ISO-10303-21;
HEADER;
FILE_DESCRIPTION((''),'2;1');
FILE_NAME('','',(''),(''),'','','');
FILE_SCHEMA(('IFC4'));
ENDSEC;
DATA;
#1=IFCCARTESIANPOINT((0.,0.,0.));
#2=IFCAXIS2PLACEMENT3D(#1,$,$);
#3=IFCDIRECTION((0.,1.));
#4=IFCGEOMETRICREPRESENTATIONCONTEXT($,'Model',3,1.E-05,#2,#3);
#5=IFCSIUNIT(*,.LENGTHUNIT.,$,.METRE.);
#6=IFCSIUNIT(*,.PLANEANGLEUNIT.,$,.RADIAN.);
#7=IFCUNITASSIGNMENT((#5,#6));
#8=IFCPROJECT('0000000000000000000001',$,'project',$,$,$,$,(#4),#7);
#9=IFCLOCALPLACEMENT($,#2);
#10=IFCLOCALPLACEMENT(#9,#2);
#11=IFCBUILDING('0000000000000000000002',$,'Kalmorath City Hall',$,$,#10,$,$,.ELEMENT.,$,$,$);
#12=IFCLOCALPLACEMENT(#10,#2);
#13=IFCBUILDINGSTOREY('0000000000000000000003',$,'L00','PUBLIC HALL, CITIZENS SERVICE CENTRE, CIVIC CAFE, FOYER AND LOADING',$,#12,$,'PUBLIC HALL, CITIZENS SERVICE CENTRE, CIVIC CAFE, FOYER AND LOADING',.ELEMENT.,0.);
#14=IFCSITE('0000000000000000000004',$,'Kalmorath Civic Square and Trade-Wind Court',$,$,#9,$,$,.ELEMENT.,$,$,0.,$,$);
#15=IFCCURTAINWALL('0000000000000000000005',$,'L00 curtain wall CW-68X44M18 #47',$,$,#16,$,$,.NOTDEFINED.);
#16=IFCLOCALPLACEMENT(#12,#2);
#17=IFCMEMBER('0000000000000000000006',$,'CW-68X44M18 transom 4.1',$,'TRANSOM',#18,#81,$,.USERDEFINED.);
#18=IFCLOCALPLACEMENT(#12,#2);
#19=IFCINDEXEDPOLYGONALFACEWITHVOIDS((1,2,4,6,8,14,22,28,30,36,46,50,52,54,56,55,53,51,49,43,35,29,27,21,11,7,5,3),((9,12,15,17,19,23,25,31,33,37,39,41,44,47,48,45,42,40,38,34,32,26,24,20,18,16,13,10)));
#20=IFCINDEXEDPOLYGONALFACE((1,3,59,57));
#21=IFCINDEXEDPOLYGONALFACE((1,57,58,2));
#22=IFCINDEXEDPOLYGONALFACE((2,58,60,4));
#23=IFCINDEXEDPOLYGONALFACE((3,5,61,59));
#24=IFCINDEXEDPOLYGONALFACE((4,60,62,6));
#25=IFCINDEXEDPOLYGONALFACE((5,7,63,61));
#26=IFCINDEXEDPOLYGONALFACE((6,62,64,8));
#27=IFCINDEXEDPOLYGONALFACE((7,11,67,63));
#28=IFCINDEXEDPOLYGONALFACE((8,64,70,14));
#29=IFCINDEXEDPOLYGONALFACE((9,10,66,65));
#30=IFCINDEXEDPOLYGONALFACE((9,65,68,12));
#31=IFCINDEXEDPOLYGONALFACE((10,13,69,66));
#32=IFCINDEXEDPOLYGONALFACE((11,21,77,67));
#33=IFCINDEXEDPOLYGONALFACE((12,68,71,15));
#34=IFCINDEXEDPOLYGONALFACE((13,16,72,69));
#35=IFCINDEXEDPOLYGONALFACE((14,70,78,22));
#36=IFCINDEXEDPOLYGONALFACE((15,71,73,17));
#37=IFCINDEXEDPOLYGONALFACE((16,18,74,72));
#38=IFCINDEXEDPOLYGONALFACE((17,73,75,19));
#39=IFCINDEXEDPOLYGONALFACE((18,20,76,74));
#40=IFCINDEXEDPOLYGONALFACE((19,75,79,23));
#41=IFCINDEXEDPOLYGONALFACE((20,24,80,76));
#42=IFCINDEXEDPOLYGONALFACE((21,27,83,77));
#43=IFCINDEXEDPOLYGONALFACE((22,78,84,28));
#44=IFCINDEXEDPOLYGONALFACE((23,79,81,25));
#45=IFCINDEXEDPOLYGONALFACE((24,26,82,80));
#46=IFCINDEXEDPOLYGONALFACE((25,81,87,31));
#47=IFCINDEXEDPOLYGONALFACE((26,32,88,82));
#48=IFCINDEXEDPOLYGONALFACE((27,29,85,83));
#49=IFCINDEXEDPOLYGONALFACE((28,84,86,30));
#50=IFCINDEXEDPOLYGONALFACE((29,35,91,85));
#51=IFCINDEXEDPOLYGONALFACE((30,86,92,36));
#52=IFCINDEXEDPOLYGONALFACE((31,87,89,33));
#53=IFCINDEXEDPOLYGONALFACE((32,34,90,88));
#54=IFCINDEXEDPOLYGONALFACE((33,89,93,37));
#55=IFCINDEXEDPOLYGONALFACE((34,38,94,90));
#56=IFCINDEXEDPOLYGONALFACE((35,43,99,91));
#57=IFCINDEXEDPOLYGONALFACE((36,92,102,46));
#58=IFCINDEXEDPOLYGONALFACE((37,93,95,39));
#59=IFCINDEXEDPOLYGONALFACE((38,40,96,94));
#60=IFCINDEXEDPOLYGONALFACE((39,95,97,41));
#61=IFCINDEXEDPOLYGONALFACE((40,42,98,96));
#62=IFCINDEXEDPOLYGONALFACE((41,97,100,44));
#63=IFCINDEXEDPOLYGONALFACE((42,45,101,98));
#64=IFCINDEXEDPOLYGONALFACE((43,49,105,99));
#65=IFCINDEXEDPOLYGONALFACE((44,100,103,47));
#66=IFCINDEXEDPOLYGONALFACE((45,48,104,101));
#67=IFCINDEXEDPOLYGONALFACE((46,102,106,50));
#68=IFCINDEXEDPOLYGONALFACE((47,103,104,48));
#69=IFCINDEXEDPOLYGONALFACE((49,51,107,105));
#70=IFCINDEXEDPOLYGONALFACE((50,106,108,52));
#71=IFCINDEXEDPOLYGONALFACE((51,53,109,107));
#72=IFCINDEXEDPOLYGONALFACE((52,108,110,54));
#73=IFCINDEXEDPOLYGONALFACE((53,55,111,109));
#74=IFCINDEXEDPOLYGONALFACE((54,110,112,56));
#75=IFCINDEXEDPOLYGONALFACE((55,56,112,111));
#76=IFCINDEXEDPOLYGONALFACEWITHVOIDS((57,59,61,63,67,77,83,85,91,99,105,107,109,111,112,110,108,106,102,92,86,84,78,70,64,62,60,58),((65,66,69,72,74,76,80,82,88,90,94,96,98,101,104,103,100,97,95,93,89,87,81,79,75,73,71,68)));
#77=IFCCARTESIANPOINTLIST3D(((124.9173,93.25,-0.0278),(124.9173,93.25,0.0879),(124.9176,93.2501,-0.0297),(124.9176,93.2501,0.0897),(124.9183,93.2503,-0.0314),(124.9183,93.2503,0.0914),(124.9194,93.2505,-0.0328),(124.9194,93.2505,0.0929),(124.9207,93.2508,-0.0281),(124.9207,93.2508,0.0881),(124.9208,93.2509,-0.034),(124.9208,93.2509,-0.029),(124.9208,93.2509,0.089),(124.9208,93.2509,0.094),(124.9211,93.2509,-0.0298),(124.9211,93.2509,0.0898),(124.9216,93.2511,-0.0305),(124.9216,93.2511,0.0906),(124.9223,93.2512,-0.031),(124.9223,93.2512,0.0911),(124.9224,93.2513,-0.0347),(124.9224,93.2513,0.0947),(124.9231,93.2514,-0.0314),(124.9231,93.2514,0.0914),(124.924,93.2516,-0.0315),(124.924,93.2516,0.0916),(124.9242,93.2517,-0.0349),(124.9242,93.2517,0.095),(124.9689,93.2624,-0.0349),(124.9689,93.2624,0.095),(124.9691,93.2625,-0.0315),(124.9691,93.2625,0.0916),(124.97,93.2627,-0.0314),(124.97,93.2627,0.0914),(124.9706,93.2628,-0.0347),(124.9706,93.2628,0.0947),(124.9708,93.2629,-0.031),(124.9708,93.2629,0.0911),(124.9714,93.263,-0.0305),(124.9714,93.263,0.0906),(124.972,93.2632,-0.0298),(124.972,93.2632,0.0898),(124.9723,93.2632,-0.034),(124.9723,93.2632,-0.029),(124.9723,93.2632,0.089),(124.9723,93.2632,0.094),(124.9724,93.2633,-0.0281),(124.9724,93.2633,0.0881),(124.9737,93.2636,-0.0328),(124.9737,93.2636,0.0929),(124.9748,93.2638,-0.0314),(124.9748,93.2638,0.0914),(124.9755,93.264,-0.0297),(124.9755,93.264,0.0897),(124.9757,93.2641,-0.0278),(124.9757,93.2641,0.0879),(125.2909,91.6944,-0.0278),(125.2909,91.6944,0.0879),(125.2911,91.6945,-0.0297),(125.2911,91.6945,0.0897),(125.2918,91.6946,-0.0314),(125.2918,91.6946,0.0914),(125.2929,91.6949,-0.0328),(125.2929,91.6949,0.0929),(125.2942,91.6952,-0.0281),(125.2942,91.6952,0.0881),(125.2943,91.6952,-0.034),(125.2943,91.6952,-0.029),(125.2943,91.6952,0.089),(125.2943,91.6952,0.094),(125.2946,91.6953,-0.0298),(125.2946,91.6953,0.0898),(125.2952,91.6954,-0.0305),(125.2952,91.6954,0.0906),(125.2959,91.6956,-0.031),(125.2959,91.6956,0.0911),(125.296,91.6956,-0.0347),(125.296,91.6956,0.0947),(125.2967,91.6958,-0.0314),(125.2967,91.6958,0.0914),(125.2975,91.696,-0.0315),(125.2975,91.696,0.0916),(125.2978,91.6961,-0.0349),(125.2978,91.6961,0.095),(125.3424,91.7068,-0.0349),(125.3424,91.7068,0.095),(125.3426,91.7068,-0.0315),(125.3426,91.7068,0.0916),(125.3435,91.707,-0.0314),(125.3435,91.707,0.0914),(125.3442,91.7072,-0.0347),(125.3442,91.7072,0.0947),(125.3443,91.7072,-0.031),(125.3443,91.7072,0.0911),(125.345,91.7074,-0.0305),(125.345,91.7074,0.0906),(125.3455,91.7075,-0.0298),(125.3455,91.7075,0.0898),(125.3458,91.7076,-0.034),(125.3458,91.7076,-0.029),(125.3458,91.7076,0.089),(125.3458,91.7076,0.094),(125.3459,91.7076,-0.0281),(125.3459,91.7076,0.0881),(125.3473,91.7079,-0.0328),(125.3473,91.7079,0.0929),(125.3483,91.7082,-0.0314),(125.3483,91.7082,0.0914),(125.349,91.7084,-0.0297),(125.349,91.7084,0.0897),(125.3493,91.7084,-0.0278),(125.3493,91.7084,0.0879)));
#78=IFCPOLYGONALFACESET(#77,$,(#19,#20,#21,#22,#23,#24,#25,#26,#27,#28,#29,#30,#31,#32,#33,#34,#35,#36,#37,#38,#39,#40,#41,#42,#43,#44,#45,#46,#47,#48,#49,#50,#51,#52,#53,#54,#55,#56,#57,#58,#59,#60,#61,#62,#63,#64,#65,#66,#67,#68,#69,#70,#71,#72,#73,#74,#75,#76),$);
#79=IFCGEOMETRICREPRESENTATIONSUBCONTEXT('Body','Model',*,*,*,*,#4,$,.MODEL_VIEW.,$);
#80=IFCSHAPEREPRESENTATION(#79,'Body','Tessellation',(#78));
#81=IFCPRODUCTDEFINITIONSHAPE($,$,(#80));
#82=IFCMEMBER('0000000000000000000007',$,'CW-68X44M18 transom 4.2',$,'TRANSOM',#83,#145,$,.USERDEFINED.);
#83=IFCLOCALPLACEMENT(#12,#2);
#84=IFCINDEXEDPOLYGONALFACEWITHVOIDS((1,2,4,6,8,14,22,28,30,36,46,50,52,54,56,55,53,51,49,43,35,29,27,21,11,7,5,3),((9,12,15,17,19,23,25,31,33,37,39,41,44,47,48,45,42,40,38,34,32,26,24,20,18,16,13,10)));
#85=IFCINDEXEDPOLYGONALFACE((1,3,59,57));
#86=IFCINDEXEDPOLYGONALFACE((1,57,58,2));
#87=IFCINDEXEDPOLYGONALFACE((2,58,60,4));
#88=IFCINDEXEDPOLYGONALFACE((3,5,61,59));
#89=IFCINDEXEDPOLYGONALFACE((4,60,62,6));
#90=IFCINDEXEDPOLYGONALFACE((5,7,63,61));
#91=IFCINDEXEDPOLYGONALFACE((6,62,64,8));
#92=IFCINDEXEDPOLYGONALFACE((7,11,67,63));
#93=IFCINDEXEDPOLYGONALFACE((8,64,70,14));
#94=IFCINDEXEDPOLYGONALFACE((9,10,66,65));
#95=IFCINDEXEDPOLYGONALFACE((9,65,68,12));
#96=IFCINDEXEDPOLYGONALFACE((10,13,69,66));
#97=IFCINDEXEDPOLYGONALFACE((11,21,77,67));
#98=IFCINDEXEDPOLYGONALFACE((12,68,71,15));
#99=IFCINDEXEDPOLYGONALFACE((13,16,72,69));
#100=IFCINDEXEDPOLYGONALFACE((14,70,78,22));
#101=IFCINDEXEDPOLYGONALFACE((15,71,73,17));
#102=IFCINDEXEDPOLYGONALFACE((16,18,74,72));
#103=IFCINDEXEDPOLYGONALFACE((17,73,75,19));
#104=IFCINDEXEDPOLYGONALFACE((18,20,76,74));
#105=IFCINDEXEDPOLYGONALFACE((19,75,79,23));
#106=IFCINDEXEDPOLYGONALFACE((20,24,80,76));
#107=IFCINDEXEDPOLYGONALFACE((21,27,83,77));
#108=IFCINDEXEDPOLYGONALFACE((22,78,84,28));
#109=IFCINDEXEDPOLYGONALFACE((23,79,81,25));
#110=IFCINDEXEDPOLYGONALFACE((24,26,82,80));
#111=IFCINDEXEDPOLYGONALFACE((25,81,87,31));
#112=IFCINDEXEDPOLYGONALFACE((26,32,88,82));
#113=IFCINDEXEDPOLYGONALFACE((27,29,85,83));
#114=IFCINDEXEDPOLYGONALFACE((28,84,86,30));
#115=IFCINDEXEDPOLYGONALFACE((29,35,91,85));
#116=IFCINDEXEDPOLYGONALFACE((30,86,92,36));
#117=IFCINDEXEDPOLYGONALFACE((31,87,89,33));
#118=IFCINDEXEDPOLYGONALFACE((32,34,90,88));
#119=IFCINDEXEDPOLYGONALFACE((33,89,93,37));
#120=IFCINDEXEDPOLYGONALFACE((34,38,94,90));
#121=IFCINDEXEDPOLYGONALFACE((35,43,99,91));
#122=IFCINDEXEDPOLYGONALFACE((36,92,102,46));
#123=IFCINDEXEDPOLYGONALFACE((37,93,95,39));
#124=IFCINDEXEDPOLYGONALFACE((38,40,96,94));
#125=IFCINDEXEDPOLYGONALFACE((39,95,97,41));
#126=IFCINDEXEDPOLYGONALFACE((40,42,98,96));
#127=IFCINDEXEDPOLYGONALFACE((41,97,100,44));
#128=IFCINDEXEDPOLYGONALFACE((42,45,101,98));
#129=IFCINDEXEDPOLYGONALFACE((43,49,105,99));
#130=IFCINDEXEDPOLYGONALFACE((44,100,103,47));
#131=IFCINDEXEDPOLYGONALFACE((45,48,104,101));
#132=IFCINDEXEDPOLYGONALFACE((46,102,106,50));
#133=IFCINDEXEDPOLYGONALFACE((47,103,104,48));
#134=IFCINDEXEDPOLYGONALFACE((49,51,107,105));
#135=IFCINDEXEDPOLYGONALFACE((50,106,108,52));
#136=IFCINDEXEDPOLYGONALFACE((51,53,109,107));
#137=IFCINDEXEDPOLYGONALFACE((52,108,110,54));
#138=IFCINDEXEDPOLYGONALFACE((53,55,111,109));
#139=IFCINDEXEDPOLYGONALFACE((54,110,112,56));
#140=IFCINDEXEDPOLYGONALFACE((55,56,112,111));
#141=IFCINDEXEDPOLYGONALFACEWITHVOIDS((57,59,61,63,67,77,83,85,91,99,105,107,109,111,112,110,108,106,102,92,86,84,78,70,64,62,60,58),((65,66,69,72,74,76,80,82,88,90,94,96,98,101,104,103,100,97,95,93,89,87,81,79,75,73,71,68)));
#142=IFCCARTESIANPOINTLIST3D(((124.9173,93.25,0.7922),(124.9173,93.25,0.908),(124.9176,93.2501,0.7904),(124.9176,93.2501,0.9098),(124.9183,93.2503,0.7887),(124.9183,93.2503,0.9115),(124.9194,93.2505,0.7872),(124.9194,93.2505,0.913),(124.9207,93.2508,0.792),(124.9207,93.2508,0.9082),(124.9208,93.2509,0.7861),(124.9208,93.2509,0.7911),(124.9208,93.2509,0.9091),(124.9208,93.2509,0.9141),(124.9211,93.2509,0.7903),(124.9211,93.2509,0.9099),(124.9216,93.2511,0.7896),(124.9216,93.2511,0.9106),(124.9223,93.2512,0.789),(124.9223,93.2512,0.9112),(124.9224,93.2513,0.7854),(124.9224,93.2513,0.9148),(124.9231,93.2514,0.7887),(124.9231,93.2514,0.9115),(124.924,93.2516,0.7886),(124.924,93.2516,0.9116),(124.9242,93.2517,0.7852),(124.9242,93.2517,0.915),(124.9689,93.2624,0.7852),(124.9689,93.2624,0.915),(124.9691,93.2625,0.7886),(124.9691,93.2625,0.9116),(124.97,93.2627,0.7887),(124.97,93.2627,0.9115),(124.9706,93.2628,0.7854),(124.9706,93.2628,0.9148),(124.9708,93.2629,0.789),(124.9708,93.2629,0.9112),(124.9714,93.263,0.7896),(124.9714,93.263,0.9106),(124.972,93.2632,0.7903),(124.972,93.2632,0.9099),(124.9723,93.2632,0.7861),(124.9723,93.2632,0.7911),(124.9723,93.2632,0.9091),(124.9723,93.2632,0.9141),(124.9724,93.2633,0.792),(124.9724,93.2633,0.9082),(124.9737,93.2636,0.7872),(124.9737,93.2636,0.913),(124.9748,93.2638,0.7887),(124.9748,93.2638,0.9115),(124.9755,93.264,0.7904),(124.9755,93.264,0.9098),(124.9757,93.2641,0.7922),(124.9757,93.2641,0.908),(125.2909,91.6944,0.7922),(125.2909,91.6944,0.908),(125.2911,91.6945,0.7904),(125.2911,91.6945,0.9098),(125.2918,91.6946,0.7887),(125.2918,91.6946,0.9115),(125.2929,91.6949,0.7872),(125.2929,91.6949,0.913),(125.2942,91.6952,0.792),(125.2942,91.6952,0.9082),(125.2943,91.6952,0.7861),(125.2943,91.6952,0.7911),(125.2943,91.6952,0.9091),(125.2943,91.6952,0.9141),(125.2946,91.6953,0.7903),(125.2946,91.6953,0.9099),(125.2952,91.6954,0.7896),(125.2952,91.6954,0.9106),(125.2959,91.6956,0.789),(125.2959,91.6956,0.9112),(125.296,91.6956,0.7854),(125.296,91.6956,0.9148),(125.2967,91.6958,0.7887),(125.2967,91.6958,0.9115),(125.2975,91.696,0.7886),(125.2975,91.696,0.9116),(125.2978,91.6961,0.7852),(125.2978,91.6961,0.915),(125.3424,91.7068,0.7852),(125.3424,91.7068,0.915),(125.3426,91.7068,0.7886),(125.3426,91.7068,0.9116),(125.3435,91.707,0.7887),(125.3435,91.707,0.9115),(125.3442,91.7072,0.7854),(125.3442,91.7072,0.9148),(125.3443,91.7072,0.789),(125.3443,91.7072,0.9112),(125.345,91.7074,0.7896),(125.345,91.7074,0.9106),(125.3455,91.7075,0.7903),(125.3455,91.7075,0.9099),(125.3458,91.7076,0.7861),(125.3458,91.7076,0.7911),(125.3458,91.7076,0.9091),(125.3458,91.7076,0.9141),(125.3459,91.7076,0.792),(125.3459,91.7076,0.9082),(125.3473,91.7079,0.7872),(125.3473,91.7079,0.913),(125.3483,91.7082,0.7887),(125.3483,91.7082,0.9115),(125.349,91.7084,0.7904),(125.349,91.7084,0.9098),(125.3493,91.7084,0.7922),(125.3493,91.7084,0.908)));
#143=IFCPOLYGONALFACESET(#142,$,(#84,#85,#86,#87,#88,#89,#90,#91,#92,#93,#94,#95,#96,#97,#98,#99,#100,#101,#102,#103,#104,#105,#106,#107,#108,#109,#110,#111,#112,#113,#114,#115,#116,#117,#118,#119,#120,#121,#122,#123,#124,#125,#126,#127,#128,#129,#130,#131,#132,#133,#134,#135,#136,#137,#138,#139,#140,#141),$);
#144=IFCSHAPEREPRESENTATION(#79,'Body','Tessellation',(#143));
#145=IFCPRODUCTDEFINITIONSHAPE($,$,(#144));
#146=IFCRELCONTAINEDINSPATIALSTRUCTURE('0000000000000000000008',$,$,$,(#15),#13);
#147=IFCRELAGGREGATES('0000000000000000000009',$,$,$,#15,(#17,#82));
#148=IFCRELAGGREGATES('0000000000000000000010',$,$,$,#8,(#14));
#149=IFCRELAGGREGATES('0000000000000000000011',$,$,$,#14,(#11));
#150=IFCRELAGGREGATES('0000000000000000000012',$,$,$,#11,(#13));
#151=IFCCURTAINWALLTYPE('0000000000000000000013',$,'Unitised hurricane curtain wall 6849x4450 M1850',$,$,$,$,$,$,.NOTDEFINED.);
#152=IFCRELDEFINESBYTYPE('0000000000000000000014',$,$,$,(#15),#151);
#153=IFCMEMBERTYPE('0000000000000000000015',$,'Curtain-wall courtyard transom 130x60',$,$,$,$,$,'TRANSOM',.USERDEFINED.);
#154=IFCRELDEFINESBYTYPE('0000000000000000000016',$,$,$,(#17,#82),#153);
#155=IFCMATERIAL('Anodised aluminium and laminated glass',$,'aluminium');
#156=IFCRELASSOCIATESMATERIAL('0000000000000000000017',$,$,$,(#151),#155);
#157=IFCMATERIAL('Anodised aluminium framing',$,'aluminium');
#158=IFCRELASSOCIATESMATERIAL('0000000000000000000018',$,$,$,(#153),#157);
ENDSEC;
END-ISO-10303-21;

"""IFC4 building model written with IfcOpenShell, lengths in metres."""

from ifc_helpers import new_model, si_unit, direction, frame, origin, origin_2d, place, context, subcontext, project, spatial, hollow_rectangle, extrude, material, material_profile, profile_set, type_object, element, aggregate, save


model = new_model("IFC4")

# Units and contexts
model_context = context("Model", 3, precision=1e-05, world=origin(), true_north=direction((0.0, 1.0)))
body_context = subcontext(model_context, "Body", "Model", "MODEL_VIEW")
ifc_project = project(units=[si_unit("LENGTHUNIT", "METRE"), si_unit("PLANEANGLEUNIT", "RADIAN")], contexts=[model_context])

# Site, building, storey
site_placement = place(None, origin())
site = spatial("IfcSite", under=ifc_project, at=site_placement, Name="Kalmorath Civic Square and Trade-Wind Court", CompositionType="ELEMENT", RefElevation=0.0)
building_placement = place(site_placement, origin())
building = spatial("IfcBuilding", under=site, at=building_placement, Name="Kalmorath City Hall", CompositionType="ELEMENT")
storey_placement = place(building_placement, origin())
storey = spatial("IfcBuildingStorey", under=building, at=storey_placement, Name="L00", Description="PUBLIC HALL, CITIZENS SERVICE CENTRE, CIVIC CAFE, FOYER AND LOADING", LongName="PUBLIC HALL, CITIZENS SERVICE CENTRE, CIVIC CAFE, FOYER AND LOADING", CompositionType="ELEMENT", Elevation=0.0)

# Curtain wall, members
ifc_material_1 = material(Name="Anodised aluminium and laminated glass", Category="aluminium")
curtain_wall_type = type_object("IfcCurtainWallType", Name="Unitised hurricane curtain wall 6849x4450 M1850", PredefinedType="NOTDEFINED", material=ifc_material_1)
curtain_wall_placement = place(storey_placement, origin())
curtain_wall = element("IfcCurtainWall", 1, at=curtain_wall_placement, inside=storey, type_object=curtain_wall_type, Name="L00 curtain wall CW-68X44M18 #47", PredefinedType="NOTDEFINED")
ifc_material_2 = material(Name="Anodised aluminium framing", Category="aluminium")
ifc_material_profile_1 = material_profile(ifc_material_2, hollow_rectangle(XDim=0.0601, YDim=0.1299, WallThickness=0.0034, InnerFilletRadius=0.0034, OuterFilletRadius=0.0071, at=origin_2d()), Name="ALU-TRN-130X60X3.5")
ifc_profile_set_1 = profile_set([ifc_material_profile_1], Name="Anodised aluminium framing")
member_type_1 = type_object("IfcMemberType", Name="Curtain-wall courtyard transom 130x60", ElementType="TRANSOM", PredefinedType="USERDEFINED", material=ifc_profile_set_1)
member_1_placement = place(storey_placement, frame((125.3201, 91.7014, 0.03), z_axis=(-0.233477, 0.972362, 0.0), x_axis=(-0.972362, -0.233477, 0.0)))
member_1 = element("IfcMember", 2, at=member_1_placement, type_object=member_type_1, Name="CW-68X44M18 transom 4.1", ObjectType="TRANSOM", PredefinedType="USERDEFINED", context=body_context, shape_type="SweptSolid", body=[
    extrude(hollow_rectangle(XDim=0.0601, YDim=0.1299, WallThickness=0.0034, InnerFilletRadius=0.0034, OuterFilletRadius=0.0071, at=origin_2d()), origin(), (0.0, 0.0, 1.0), 1.5999),
])
member_2_placement = place(storey_placement, frame((125.3201, 91.7014, 0.8501), z_axis=(-0.233477, 0.972362, 0.0), x_axis=(-0.972362, -0.233477, 0.0)))
member_2 = element("IfcMember", 3, at=member_2_placement, type_object=member_type_1, Name="CW-68X44M18 transom 4.2", ObjectType="TRANSOM", PredefinedType="USERDEFINED", context=body_context, shape_type="SweptSolid", body=[
    extrude(hollow_rectangle(XDim=0.0601, YDim=0.1299, WallThickness=0.0034, InnerFilletRadius=0.0034, OuterFilletRadius=0.0071, at=origin_2d()), origin(), (0.0, 0.0, 1.0), 1.5999),
])
aggregate(curtain_wall, [member_1, member_2])

save(model, "model.ifc")
